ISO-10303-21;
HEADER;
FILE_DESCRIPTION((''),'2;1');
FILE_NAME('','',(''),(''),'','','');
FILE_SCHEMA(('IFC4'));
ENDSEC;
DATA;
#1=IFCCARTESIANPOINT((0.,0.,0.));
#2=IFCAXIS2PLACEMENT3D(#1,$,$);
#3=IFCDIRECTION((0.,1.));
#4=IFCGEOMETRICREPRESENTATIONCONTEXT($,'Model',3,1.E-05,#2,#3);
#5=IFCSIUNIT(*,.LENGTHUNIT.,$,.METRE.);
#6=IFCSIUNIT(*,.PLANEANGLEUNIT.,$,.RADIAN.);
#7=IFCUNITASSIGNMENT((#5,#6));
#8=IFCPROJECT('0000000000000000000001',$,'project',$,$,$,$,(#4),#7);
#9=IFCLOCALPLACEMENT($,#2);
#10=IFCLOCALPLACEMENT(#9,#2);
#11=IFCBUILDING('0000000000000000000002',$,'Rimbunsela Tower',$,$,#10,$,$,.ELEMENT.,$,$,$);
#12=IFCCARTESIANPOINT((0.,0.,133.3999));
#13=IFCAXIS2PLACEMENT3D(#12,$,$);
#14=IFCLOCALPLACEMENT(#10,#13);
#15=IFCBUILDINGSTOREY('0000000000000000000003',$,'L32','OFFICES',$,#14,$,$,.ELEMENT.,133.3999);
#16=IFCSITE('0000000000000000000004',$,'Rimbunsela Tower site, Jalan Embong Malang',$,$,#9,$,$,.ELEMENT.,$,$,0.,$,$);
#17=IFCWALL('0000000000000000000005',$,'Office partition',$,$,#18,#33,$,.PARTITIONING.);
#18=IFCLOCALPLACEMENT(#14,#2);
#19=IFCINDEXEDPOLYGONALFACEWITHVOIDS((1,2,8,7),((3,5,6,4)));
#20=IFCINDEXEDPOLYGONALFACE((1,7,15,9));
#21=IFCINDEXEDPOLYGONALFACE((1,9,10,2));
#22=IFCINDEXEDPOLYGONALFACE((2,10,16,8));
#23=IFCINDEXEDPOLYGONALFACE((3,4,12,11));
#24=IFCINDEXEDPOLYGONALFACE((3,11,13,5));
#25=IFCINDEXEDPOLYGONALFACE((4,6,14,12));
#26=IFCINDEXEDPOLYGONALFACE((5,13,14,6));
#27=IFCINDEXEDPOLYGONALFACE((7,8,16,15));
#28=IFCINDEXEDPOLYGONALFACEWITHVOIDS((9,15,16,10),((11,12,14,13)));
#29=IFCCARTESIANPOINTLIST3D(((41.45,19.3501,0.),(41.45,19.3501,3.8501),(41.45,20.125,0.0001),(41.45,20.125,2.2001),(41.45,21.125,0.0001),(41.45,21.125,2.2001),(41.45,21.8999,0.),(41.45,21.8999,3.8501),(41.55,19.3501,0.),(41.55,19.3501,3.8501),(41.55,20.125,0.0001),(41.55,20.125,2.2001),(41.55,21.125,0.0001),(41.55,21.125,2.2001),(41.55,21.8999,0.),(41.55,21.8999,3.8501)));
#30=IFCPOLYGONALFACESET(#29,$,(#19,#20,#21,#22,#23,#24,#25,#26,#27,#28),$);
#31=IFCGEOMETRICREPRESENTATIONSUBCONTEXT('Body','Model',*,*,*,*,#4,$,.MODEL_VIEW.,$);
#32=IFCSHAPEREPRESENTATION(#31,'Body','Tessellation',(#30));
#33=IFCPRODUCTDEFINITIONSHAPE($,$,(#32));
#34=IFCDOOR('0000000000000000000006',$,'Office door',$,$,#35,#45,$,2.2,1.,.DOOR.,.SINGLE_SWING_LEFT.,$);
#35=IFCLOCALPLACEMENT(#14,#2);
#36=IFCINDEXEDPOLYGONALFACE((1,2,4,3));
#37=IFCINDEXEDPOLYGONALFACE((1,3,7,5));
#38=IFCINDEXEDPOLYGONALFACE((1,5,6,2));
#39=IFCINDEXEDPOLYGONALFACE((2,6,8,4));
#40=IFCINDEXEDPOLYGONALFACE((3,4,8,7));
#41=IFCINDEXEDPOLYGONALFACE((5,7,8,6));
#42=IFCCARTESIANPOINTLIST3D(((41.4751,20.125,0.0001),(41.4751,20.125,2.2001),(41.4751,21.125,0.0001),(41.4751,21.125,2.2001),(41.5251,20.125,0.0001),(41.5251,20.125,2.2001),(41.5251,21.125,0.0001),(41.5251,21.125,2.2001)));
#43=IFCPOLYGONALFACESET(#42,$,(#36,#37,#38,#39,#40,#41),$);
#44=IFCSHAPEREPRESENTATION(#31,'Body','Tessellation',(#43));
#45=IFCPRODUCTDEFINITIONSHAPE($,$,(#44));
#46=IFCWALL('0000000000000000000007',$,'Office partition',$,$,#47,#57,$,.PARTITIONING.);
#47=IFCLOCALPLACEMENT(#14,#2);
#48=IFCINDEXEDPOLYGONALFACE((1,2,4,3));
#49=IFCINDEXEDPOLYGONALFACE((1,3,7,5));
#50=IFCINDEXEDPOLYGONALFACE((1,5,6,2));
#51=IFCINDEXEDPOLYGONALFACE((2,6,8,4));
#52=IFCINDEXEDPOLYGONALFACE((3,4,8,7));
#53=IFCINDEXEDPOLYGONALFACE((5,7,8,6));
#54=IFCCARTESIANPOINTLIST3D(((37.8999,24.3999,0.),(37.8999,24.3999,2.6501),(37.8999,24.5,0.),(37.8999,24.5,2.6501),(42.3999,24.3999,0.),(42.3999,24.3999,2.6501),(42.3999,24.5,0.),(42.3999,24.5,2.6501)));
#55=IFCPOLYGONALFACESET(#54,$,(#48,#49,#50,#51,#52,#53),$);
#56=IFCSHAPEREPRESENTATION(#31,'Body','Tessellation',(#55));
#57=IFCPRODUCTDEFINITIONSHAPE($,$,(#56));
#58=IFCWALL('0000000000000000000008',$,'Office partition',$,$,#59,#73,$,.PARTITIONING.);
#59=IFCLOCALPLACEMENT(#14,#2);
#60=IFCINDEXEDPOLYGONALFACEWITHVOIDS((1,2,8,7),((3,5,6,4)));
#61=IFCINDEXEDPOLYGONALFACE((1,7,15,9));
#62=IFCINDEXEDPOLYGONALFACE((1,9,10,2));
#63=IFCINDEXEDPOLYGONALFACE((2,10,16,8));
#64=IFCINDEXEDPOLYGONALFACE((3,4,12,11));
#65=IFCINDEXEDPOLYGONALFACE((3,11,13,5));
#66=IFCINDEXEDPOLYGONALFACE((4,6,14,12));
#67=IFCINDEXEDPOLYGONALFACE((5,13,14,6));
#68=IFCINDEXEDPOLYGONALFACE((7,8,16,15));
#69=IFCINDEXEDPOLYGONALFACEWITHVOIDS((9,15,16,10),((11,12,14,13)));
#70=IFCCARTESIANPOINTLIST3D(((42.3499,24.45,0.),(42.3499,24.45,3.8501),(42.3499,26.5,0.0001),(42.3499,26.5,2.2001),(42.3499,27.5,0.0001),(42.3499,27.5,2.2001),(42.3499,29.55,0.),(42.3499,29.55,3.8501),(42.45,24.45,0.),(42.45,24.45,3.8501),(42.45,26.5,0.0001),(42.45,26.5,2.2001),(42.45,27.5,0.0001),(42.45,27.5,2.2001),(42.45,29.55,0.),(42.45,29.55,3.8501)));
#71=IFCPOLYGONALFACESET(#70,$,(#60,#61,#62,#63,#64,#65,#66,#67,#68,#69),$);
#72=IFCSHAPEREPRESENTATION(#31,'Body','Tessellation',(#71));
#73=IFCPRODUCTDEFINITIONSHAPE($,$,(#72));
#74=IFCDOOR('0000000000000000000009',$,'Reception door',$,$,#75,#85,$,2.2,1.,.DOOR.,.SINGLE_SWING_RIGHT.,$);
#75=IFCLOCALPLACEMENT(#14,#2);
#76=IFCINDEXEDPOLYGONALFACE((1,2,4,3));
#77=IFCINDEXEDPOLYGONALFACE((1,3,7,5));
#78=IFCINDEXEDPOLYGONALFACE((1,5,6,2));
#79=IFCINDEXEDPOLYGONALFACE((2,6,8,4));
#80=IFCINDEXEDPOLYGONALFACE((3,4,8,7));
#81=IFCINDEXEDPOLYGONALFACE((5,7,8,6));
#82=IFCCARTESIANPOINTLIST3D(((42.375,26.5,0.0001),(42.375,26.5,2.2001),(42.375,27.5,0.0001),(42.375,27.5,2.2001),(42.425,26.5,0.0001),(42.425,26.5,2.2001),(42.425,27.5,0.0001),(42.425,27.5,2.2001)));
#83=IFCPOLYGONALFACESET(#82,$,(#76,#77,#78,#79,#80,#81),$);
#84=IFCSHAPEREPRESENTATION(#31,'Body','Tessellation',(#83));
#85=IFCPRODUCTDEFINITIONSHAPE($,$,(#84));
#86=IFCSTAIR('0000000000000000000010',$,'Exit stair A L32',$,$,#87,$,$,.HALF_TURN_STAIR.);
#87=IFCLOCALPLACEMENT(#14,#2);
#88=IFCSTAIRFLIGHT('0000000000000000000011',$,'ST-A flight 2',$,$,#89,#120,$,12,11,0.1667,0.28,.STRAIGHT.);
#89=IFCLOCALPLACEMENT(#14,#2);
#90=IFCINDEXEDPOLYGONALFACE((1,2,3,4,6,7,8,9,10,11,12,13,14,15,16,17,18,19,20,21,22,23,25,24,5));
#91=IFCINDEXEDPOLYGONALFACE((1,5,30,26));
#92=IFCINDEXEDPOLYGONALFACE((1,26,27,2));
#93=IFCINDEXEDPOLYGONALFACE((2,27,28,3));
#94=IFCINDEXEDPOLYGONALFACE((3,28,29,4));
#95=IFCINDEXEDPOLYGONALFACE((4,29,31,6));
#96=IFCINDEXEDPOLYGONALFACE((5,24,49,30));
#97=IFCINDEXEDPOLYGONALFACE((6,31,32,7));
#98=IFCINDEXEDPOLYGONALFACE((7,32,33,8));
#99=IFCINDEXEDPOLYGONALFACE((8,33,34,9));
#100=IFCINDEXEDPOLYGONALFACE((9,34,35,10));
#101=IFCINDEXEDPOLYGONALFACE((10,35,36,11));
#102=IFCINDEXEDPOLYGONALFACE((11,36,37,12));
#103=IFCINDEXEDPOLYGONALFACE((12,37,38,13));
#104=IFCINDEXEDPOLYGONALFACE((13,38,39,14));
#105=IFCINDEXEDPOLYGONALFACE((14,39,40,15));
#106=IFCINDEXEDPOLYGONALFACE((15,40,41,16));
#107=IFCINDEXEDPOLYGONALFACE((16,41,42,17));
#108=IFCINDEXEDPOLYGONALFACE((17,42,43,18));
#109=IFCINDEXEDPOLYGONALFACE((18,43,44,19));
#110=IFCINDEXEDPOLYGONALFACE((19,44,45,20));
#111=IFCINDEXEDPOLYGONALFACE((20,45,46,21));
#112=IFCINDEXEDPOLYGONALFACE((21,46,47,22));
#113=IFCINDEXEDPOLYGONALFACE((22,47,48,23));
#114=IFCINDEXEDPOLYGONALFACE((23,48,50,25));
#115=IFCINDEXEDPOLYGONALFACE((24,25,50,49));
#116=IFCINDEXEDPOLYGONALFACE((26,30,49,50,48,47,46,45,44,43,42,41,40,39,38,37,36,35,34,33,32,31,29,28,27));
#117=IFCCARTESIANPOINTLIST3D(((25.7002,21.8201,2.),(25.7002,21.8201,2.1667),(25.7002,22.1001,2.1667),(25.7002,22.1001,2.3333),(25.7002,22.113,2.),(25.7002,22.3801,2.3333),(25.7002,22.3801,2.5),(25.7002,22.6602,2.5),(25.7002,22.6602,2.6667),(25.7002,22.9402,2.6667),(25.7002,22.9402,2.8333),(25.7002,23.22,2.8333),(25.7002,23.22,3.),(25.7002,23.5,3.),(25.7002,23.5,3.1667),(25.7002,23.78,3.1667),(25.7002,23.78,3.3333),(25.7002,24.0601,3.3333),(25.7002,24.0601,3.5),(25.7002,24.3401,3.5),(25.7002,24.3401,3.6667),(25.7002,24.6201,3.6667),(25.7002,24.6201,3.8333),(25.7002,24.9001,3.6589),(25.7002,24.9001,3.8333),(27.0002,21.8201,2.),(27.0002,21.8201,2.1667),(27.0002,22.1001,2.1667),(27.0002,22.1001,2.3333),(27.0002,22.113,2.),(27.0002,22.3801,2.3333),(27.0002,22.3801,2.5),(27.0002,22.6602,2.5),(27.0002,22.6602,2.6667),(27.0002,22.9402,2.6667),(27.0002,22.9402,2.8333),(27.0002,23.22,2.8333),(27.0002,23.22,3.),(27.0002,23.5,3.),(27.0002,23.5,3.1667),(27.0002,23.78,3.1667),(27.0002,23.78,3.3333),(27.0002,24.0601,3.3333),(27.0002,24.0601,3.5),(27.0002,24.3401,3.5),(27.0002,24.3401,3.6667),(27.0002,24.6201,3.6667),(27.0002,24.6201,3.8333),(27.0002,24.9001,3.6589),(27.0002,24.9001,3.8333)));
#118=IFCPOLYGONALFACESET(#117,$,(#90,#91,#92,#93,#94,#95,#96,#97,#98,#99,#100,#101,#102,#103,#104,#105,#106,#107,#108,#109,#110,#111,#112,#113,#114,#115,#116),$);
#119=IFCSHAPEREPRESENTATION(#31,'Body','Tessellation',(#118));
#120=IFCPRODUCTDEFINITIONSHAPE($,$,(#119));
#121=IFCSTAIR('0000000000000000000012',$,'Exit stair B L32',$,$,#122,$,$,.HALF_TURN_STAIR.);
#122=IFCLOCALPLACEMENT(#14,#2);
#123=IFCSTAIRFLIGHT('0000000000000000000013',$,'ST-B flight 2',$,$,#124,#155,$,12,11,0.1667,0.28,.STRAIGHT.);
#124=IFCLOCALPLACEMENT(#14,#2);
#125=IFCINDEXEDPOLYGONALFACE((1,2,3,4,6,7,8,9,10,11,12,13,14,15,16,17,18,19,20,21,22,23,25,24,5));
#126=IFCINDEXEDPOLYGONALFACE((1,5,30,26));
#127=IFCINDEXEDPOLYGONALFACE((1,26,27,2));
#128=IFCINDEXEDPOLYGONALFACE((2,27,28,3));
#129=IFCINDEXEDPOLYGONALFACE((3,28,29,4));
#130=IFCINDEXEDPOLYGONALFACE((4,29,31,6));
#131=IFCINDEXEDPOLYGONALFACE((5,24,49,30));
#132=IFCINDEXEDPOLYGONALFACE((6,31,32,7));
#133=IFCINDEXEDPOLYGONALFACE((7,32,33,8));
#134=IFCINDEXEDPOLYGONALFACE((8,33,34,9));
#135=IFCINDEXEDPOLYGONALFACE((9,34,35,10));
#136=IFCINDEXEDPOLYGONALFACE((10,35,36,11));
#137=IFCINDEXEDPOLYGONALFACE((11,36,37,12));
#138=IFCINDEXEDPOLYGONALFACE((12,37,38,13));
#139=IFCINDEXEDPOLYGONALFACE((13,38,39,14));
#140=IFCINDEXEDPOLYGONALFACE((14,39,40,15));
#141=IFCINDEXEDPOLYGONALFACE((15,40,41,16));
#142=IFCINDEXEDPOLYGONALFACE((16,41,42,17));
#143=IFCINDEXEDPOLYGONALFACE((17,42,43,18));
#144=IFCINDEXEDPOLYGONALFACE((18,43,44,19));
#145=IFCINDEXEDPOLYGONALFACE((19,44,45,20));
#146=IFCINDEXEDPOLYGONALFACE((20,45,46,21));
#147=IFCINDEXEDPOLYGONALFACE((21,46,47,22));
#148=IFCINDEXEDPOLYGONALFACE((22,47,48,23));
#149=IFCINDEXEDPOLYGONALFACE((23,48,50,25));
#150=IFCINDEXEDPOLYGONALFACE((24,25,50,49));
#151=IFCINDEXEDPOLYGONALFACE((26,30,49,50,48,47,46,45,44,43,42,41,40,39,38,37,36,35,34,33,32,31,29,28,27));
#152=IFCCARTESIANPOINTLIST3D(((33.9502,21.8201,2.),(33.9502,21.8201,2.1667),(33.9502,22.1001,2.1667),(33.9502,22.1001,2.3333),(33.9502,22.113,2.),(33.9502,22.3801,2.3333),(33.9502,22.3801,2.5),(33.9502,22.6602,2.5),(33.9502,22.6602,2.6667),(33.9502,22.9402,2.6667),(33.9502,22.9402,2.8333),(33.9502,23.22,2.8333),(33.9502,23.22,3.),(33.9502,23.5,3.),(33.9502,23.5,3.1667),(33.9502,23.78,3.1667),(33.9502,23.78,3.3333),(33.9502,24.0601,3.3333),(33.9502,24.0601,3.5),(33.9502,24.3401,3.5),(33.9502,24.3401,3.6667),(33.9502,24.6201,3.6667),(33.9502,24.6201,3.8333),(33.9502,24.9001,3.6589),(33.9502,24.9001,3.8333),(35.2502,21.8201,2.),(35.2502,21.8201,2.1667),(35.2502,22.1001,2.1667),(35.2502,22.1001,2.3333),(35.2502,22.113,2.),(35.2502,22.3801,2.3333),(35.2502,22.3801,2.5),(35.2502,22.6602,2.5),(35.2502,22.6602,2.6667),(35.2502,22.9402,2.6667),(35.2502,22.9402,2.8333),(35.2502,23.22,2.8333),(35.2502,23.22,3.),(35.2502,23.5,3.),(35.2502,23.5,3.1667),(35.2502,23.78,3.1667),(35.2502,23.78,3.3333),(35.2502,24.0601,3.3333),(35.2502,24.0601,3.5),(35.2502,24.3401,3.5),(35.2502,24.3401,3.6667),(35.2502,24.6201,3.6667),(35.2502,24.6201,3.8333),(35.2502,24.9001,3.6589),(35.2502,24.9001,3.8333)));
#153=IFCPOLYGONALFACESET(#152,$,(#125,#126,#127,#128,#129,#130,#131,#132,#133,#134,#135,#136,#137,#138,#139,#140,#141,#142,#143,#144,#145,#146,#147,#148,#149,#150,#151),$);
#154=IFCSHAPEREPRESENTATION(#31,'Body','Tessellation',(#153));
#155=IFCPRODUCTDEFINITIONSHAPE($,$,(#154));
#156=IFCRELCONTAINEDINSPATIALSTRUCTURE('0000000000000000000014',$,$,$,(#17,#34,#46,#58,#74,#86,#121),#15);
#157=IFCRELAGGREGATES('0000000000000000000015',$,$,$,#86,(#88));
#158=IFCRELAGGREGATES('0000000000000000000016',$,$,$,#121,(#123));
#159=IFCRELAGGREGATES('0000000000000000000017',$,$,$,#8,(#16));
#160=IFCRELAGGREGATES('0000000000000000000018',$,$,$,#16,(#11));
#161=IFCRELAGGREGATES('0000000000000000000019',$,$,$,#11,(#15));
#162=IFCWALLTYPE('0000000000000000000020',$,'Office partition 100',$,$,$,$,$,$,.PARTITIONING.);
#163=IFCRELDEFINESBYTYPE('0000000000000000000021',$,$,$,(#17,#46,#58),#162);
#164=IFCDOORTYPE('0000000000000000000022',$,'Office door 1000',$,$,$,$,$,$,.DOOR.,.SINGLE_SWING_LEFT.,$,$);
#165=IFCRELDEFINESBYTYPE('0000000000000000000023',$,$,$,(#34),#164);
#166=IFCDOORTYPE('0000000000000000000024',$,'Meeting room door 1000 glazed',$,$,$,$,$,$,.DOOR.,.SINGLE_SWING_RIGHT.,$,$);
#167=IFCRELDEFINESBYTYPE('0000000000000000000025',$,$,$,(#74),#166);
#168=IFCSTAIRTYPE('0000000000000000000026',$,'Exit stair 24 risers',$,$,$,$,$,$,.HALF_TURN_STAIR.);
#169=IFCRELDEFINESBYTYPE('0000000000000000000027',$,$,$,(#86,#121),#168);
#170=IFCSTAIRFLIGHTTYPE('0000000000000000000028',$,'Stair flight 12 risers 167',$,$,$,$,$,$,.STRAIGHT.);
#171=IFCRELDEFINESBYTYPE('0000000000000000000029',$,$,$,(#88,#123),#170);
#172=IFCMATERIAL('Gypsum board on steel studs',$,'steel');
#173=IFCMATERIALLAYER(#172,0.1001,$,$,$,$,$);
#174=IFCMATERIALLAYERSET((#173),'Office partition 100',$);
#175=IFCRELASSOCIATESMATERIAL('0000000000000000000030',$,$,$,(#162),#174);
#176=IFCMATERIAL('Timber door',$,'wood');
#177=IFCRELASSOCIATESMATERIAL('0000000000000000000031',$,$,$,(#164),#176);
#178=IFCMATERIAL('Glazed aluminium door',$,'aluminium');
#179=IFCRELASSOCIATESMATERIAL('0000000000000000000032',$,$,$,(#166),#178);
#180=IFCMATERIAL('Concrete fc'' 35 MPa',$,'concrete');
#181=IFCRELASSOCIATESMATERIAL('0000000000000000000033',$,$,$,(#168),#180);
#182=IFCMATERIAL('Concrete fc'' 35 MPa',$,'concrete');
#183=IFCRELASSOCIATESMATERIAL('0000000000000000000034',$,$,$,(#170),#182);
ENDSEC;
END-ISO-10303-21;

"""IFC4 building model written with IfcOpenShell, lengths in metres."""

from ifc_helpers import new_model, si_unit, direction, frame, frame_2d, origin, place, context, subcontext, project, spatial, polyline, rectangle, outline, extrude, material, layer, layer_set, type_object, element, fill, aggregate, save


model = new_model("IFC4")

# Units and contexts
model_context = context("Model", 3, precision=1e-05, world=origin(), true_north=direction((0.0, 1.0)))
body_context = subcontext(model_context, "Body", "Model", "MODEL_VIEW")
ifc_project = project(units=[si_unit("LENGTHUNIT", "METRE"), si_unit("PLANEANGLEUNIT", "RADIAN")], contexts=[model_context])

# Site, building, storey
site_placement = place(None, origin())
site = spatial("IfcSite", under=ifc_project, at=site_placement, Name="Rimbunsela Tower site, Jalan Embong Malang", CompositionType="ELEMENT", RefElevation=0.0)
building_placement = place(site_placement, origin())
building = spatial("IfcBuilding", under=site, at=building_placement, Name="Rimbunsela Tower", CompositionType="ELEMENT")
storey_placement = place(building_placement, frame((0.0, 0.0, 133.3999)))
storey = spatial("IfcBuildingStorey", under=building, at=storey_placement, Name="L32", Description="OFFICES", CompositionType="ELEMENT", Elevation=133.3999)

# Shared definitions
ifc_material_1 = material(Name="Gypsum board on steel studs", Category="steel")
ifc_layer_1 = layer(ifc_material_1, 0.1001)
ifc_layer_set_1 = layer_set([ifc_layer_1], Name="Office partition 100")
wall_type_1 = type_object("IfcWallType", Name="Office partition 100", PredefinedType="PARTITIONING", material=ifc_layer_set_1)

# Wall, opening, door
wall_1_placement = place(storey_placement, frame((41.5, 19.3501, 0.0), z_axis=(0.0, 0.0, 1.0), x_axis=(0.0, 1.0, 0.0)))
wall_1 = element("IfcWall", 1, at=wall_1_placement, inside=storey, type_object=wall_type_1, Name="Office partition", PredefinedType="PARTITIONING", context=body_context, shape_type="SweptSolid", body=[
    extrude(rectangle(XDim=2.5498, YDim=0.1001, at=frame_2d((1.2749, 0.0))), origin(), (0.0, 0.0, 1.0), 3.8501),
])
opening_1_placement = place(wall_1_placement, frame((0.7749, 0.0, 0.0)))
opening_1 = element("IfcOpeningElement", 2, at=opening_1_placement, cuts=wall_1, PredefinedType="OPENING", context=body_context, shape_type="SweptSolid", body=[
    extrude(rectangle(XDim=1.0, YDim=2.2, at=frame_2d((0.5, 1.1001))), frame((0.0, 0.0601, 0.0), z_axis=(0.0, -1.0, 0.0), x_axis=(1.0, 0.0, 0.0)), (0.0, 0.0, 1.0), 0.1201),
])
ifc_material_2 = material(Name="Timber door", Category="wood")
door_type_1 = type_object("IfcDoorType", Name="Office door 1000", OperationType="SINGLE_SWING_LEFT", PredefinedType="DOOR", material=ifc_material_2)
door_1_placement = place(opening_1_placement, origin())
door_1 = element("IfcDoor", 3, at=door_1_placement, inside=storey, type_object=door_type_1, Name="Office door", OperationType="SINGLE_SWING_LEFT", OverallHeight=2.2, OverallWidth=1.0, PredefinedType="DOOR", context=body_context, shape_type="SweptSolid", body=[
    extrude(rectangle(XDim=1.0, YDim=2.2, at=frame_2d((0.5, 1.1001))), frame((0.0, 0.0249, 0.0), z_axis=(0.0, -1.0, 0.0), x_axis=(1.0, 0.0, 0.0)), (0.0, 0.0, 1.0), 0.05),
])
fill(opening_1, door_1)

# Wall
wall_2_placement = place(storey_placement, frame((37.8999, 24.45, 0.0), z_axis=(0.0, 0.0, 1.0), x_axis=(1.0, 0.0, 0.0)))
element("IfcWall", 4, at=wall_2_placement, inside=storey, type_object=wall_type_1, Name="Office partition", PredefinedType="PARTITIONING", context=body_context, shape_type="SweptSolid", body=[
    extrude(rectangle(XDim=4.5, YDim=0.1001, at=frame_2d((2.25, 0.0))), origin(), (0.0, 0.0, 1.0), 2.6501),
])

# Wall, opening, door
wall_3_placement = place(storey_placement, frame((42.3999, 24.45, 0.0), z_axis=(0.0, 0.0, 1.0), x_axis=(0.0, 1.0, 0.0)))
wall_3 = element("IfcWall", 5, at=wall_3_placement, inside=storey, type_object=wall_type_1, Name="Office partition", PredefinedType="PARTITIONING", context=body_context, shape_type="SweptSolid", body=[
    extrude(rectangle(XDim=5.1001, YDim=0.1001, at=frame_2d((2.55, 0.0))), origin(), (0.0, 0.0, 1.0), 3.8501),
])
opening_2_placement = place(wall_3_placement, frame((2.05, 0.0, 0.0)))
opening_2 = element("IfcOpeningElement", 6, at=opening_2_placement, cuts=wall_3, PredefinedType="OPENING", context=body_context, shape_type="SweptSolid", body=[
    extrude(rectangle(XDim=1.0, YDim=2.2, at=frame_2d((0.5, 1.1001))), frame((0.0, 0.0601, 0.0), z_axis=(0.0, -1.0, 0.0), x_axis=(1.0, 0.0, 0.0)), (0.0, 0.0, 1.0), 0.1201),
])
ifc_material_3 = material(Name="Glazed aluminium door", Category="aluminium")
door_type_2 = type_object("IfcDoorType", Name="Meeting room door 1000 glazed", OperationType="SINGLE_SWING_RIGHT", PredefinedType="DOOR", material=ifc_material_3)
door_2_placement = place(opening_2_placement, origin())
door_2 = element("IfcDoor", 7, at=door_2_placement, inside=storey, type_object=door_type_2, Name="Reception door", OperationType="SINGLE_SWING_RIGHT", OverallHeight=2.2, OverallWidth=1.0, PredefinedType="DOOR", context=body_context, shape_type="SweptSolid", body=[
    extrude(rectangle(XDim=1.0, YDim=2.2, at=frame_2d((0.5, 1.1001))), frame((0.0, 0.0249, 0.0), z_axis=(0.0, -1.0, 0.0), x_axis=(1.0, 0.0, 0.0)), (0.0, 0.0, 1.0), 0.05),
])
fill(opening_2, door_2)

# Stairs, stair flights
ifc_material_4 = material(Name="Concrete fc' 35 MPa", Category="concrete")
stair_type = type_object("IfcStairType", Name="Exit stair 24 risers", PredefinedType="HALF_TURN_STAIR", material=ifc_material_4)
stair_1_placement = place(storey_placement, origin())
stair_1 = element("IfcStair", 8, at=stair_1_placement, inside=storey, type_object=stair_type, Name="Exit stair A L32", PredefinedType="HALF_TURN_STAIR")
ifc_material_5 = material(Name="Concrete fc' 35 MPa", Category="concrete")
stair_flight_type = type_object("IfcStairFlightType", Name="Stair flight 12 risers 167", PredefinedType="STRAIGHT", material=ifc_material_5)
stair_flight_1_placement = place(storey_placement, frame((26.3501, 21.8201, 2.0), z_axis=(0.0, 0.0, 1.0), x_axis=(0.0, 1.0, 0.0)))
stair_flight_1 = element("IfcStairFlight", 9, at=stair_flight_1_placement, type_object=stair_flight_type, Name="ST-A flight 2", NumberOfRisers=12, NumberOfTreads=11, PredefinedType="STRAIGHT", RiserHeight=0.1667, TreadLength=0.28, context=body_context, shape_type="SweptSolid", body=[
    extrude(outline(polyline([(0.0, 0.0), (0.0, 0.1667), (0.28, 0.1667), (0.28, 0.3333), (0.5601, 0.3333), (0.5601, 0.5), (0.8401, 0.5), (0.8401, 0.6667), (1.1201, 0.6667), (1.1201, 0.8333), (1.3999, 0.8333), (1.3999, 1.0), (1.6799, 1.0), (1.6799, 1.1667), (1.96, 1.1667), (1.96, 1.3333), (2.24, 1.3333), (2.24, 1.5), (2.52, 1.5), (2.52, 1.6667), (2.8, 1.6667), (2.8, 1.8333), (3.0801, 1.8333), (3.0801, 2.0), (3.0801, 1.6589), (0.293, 0.0), (0.0, 0.0)])), frame((0.0, 0.6499, 0.0), z_axis=(0.0, -1.0, 0.0), x_axis=(1.0, 0.0, 0.0)), (0.0, 0.0, 1.0), 1.3),
])
aggregate(stair_1, [stair_flight_1])
stair_2_placement = place(storey_placement, origin())
stair_2 = element("IfcStair", 10, at=stair_2_placement, inside=storey, type_object=stair_type, Name="Exit stair B L32", PredefinedType="HALF_TURN_STAIR")
stair_flight_2_placement = place(storey_placement, frame((34.6001, 21.8201, 2.0), z_axis=(0.0, 0.0, 1.0), x_axis=(0.0, 1.0, 0.0)))
stair_flight_2 = element("IfcStairFlight", 11, at=stair_flight_2_placement, type_object=stair_flight_type, Name="ST-B flight 2", NumberOfRisers=12, NumberOfTreads=11, PredefinedType="STRAIGHT", RiserHeight=0.1667, TreadLength=0.28, context=body_context, shape_type="SweptSolid", body=[
    extrude(outline(polyline([(0.0, 0.0), (0.0, 0.1667), (0.28, 0.1667), (0.28, 0.3333), (0.5601, 0.3333), (0.5601, 0.5), (0.8401, 0.5), (0.8401, 0.6667), (1.1201, 0.6667), (1.1201, 0.8333), (1.3999, 0.8333), (1.3999, 1.0), (1.6799, 1.0), (1.6799, 1.1667), (1.96, 1.1667), (1.96, 1.3333), (2.24, 1.3333), (2.24, 1.5), (2.52, 1.5), (2.52, 1.6667), (2.8, 1.6667), (2.8, 1.8333), (3.0801, 1.8333), (3.0801, 2.0), (3.0801, 1.6589), (0.293, 0.0), (0.0, 0.0)])), frame((0.0, 0.6499, 0.0), z_axis=(0.0, -1.0, 0.0), x_axis=(1.0, 0.0, 0.0)), (0.0, 0.0, 1.0), 1.3),
])
aggregate(stair_2, [stair_flight_2])

save(model, "model.ifc")
